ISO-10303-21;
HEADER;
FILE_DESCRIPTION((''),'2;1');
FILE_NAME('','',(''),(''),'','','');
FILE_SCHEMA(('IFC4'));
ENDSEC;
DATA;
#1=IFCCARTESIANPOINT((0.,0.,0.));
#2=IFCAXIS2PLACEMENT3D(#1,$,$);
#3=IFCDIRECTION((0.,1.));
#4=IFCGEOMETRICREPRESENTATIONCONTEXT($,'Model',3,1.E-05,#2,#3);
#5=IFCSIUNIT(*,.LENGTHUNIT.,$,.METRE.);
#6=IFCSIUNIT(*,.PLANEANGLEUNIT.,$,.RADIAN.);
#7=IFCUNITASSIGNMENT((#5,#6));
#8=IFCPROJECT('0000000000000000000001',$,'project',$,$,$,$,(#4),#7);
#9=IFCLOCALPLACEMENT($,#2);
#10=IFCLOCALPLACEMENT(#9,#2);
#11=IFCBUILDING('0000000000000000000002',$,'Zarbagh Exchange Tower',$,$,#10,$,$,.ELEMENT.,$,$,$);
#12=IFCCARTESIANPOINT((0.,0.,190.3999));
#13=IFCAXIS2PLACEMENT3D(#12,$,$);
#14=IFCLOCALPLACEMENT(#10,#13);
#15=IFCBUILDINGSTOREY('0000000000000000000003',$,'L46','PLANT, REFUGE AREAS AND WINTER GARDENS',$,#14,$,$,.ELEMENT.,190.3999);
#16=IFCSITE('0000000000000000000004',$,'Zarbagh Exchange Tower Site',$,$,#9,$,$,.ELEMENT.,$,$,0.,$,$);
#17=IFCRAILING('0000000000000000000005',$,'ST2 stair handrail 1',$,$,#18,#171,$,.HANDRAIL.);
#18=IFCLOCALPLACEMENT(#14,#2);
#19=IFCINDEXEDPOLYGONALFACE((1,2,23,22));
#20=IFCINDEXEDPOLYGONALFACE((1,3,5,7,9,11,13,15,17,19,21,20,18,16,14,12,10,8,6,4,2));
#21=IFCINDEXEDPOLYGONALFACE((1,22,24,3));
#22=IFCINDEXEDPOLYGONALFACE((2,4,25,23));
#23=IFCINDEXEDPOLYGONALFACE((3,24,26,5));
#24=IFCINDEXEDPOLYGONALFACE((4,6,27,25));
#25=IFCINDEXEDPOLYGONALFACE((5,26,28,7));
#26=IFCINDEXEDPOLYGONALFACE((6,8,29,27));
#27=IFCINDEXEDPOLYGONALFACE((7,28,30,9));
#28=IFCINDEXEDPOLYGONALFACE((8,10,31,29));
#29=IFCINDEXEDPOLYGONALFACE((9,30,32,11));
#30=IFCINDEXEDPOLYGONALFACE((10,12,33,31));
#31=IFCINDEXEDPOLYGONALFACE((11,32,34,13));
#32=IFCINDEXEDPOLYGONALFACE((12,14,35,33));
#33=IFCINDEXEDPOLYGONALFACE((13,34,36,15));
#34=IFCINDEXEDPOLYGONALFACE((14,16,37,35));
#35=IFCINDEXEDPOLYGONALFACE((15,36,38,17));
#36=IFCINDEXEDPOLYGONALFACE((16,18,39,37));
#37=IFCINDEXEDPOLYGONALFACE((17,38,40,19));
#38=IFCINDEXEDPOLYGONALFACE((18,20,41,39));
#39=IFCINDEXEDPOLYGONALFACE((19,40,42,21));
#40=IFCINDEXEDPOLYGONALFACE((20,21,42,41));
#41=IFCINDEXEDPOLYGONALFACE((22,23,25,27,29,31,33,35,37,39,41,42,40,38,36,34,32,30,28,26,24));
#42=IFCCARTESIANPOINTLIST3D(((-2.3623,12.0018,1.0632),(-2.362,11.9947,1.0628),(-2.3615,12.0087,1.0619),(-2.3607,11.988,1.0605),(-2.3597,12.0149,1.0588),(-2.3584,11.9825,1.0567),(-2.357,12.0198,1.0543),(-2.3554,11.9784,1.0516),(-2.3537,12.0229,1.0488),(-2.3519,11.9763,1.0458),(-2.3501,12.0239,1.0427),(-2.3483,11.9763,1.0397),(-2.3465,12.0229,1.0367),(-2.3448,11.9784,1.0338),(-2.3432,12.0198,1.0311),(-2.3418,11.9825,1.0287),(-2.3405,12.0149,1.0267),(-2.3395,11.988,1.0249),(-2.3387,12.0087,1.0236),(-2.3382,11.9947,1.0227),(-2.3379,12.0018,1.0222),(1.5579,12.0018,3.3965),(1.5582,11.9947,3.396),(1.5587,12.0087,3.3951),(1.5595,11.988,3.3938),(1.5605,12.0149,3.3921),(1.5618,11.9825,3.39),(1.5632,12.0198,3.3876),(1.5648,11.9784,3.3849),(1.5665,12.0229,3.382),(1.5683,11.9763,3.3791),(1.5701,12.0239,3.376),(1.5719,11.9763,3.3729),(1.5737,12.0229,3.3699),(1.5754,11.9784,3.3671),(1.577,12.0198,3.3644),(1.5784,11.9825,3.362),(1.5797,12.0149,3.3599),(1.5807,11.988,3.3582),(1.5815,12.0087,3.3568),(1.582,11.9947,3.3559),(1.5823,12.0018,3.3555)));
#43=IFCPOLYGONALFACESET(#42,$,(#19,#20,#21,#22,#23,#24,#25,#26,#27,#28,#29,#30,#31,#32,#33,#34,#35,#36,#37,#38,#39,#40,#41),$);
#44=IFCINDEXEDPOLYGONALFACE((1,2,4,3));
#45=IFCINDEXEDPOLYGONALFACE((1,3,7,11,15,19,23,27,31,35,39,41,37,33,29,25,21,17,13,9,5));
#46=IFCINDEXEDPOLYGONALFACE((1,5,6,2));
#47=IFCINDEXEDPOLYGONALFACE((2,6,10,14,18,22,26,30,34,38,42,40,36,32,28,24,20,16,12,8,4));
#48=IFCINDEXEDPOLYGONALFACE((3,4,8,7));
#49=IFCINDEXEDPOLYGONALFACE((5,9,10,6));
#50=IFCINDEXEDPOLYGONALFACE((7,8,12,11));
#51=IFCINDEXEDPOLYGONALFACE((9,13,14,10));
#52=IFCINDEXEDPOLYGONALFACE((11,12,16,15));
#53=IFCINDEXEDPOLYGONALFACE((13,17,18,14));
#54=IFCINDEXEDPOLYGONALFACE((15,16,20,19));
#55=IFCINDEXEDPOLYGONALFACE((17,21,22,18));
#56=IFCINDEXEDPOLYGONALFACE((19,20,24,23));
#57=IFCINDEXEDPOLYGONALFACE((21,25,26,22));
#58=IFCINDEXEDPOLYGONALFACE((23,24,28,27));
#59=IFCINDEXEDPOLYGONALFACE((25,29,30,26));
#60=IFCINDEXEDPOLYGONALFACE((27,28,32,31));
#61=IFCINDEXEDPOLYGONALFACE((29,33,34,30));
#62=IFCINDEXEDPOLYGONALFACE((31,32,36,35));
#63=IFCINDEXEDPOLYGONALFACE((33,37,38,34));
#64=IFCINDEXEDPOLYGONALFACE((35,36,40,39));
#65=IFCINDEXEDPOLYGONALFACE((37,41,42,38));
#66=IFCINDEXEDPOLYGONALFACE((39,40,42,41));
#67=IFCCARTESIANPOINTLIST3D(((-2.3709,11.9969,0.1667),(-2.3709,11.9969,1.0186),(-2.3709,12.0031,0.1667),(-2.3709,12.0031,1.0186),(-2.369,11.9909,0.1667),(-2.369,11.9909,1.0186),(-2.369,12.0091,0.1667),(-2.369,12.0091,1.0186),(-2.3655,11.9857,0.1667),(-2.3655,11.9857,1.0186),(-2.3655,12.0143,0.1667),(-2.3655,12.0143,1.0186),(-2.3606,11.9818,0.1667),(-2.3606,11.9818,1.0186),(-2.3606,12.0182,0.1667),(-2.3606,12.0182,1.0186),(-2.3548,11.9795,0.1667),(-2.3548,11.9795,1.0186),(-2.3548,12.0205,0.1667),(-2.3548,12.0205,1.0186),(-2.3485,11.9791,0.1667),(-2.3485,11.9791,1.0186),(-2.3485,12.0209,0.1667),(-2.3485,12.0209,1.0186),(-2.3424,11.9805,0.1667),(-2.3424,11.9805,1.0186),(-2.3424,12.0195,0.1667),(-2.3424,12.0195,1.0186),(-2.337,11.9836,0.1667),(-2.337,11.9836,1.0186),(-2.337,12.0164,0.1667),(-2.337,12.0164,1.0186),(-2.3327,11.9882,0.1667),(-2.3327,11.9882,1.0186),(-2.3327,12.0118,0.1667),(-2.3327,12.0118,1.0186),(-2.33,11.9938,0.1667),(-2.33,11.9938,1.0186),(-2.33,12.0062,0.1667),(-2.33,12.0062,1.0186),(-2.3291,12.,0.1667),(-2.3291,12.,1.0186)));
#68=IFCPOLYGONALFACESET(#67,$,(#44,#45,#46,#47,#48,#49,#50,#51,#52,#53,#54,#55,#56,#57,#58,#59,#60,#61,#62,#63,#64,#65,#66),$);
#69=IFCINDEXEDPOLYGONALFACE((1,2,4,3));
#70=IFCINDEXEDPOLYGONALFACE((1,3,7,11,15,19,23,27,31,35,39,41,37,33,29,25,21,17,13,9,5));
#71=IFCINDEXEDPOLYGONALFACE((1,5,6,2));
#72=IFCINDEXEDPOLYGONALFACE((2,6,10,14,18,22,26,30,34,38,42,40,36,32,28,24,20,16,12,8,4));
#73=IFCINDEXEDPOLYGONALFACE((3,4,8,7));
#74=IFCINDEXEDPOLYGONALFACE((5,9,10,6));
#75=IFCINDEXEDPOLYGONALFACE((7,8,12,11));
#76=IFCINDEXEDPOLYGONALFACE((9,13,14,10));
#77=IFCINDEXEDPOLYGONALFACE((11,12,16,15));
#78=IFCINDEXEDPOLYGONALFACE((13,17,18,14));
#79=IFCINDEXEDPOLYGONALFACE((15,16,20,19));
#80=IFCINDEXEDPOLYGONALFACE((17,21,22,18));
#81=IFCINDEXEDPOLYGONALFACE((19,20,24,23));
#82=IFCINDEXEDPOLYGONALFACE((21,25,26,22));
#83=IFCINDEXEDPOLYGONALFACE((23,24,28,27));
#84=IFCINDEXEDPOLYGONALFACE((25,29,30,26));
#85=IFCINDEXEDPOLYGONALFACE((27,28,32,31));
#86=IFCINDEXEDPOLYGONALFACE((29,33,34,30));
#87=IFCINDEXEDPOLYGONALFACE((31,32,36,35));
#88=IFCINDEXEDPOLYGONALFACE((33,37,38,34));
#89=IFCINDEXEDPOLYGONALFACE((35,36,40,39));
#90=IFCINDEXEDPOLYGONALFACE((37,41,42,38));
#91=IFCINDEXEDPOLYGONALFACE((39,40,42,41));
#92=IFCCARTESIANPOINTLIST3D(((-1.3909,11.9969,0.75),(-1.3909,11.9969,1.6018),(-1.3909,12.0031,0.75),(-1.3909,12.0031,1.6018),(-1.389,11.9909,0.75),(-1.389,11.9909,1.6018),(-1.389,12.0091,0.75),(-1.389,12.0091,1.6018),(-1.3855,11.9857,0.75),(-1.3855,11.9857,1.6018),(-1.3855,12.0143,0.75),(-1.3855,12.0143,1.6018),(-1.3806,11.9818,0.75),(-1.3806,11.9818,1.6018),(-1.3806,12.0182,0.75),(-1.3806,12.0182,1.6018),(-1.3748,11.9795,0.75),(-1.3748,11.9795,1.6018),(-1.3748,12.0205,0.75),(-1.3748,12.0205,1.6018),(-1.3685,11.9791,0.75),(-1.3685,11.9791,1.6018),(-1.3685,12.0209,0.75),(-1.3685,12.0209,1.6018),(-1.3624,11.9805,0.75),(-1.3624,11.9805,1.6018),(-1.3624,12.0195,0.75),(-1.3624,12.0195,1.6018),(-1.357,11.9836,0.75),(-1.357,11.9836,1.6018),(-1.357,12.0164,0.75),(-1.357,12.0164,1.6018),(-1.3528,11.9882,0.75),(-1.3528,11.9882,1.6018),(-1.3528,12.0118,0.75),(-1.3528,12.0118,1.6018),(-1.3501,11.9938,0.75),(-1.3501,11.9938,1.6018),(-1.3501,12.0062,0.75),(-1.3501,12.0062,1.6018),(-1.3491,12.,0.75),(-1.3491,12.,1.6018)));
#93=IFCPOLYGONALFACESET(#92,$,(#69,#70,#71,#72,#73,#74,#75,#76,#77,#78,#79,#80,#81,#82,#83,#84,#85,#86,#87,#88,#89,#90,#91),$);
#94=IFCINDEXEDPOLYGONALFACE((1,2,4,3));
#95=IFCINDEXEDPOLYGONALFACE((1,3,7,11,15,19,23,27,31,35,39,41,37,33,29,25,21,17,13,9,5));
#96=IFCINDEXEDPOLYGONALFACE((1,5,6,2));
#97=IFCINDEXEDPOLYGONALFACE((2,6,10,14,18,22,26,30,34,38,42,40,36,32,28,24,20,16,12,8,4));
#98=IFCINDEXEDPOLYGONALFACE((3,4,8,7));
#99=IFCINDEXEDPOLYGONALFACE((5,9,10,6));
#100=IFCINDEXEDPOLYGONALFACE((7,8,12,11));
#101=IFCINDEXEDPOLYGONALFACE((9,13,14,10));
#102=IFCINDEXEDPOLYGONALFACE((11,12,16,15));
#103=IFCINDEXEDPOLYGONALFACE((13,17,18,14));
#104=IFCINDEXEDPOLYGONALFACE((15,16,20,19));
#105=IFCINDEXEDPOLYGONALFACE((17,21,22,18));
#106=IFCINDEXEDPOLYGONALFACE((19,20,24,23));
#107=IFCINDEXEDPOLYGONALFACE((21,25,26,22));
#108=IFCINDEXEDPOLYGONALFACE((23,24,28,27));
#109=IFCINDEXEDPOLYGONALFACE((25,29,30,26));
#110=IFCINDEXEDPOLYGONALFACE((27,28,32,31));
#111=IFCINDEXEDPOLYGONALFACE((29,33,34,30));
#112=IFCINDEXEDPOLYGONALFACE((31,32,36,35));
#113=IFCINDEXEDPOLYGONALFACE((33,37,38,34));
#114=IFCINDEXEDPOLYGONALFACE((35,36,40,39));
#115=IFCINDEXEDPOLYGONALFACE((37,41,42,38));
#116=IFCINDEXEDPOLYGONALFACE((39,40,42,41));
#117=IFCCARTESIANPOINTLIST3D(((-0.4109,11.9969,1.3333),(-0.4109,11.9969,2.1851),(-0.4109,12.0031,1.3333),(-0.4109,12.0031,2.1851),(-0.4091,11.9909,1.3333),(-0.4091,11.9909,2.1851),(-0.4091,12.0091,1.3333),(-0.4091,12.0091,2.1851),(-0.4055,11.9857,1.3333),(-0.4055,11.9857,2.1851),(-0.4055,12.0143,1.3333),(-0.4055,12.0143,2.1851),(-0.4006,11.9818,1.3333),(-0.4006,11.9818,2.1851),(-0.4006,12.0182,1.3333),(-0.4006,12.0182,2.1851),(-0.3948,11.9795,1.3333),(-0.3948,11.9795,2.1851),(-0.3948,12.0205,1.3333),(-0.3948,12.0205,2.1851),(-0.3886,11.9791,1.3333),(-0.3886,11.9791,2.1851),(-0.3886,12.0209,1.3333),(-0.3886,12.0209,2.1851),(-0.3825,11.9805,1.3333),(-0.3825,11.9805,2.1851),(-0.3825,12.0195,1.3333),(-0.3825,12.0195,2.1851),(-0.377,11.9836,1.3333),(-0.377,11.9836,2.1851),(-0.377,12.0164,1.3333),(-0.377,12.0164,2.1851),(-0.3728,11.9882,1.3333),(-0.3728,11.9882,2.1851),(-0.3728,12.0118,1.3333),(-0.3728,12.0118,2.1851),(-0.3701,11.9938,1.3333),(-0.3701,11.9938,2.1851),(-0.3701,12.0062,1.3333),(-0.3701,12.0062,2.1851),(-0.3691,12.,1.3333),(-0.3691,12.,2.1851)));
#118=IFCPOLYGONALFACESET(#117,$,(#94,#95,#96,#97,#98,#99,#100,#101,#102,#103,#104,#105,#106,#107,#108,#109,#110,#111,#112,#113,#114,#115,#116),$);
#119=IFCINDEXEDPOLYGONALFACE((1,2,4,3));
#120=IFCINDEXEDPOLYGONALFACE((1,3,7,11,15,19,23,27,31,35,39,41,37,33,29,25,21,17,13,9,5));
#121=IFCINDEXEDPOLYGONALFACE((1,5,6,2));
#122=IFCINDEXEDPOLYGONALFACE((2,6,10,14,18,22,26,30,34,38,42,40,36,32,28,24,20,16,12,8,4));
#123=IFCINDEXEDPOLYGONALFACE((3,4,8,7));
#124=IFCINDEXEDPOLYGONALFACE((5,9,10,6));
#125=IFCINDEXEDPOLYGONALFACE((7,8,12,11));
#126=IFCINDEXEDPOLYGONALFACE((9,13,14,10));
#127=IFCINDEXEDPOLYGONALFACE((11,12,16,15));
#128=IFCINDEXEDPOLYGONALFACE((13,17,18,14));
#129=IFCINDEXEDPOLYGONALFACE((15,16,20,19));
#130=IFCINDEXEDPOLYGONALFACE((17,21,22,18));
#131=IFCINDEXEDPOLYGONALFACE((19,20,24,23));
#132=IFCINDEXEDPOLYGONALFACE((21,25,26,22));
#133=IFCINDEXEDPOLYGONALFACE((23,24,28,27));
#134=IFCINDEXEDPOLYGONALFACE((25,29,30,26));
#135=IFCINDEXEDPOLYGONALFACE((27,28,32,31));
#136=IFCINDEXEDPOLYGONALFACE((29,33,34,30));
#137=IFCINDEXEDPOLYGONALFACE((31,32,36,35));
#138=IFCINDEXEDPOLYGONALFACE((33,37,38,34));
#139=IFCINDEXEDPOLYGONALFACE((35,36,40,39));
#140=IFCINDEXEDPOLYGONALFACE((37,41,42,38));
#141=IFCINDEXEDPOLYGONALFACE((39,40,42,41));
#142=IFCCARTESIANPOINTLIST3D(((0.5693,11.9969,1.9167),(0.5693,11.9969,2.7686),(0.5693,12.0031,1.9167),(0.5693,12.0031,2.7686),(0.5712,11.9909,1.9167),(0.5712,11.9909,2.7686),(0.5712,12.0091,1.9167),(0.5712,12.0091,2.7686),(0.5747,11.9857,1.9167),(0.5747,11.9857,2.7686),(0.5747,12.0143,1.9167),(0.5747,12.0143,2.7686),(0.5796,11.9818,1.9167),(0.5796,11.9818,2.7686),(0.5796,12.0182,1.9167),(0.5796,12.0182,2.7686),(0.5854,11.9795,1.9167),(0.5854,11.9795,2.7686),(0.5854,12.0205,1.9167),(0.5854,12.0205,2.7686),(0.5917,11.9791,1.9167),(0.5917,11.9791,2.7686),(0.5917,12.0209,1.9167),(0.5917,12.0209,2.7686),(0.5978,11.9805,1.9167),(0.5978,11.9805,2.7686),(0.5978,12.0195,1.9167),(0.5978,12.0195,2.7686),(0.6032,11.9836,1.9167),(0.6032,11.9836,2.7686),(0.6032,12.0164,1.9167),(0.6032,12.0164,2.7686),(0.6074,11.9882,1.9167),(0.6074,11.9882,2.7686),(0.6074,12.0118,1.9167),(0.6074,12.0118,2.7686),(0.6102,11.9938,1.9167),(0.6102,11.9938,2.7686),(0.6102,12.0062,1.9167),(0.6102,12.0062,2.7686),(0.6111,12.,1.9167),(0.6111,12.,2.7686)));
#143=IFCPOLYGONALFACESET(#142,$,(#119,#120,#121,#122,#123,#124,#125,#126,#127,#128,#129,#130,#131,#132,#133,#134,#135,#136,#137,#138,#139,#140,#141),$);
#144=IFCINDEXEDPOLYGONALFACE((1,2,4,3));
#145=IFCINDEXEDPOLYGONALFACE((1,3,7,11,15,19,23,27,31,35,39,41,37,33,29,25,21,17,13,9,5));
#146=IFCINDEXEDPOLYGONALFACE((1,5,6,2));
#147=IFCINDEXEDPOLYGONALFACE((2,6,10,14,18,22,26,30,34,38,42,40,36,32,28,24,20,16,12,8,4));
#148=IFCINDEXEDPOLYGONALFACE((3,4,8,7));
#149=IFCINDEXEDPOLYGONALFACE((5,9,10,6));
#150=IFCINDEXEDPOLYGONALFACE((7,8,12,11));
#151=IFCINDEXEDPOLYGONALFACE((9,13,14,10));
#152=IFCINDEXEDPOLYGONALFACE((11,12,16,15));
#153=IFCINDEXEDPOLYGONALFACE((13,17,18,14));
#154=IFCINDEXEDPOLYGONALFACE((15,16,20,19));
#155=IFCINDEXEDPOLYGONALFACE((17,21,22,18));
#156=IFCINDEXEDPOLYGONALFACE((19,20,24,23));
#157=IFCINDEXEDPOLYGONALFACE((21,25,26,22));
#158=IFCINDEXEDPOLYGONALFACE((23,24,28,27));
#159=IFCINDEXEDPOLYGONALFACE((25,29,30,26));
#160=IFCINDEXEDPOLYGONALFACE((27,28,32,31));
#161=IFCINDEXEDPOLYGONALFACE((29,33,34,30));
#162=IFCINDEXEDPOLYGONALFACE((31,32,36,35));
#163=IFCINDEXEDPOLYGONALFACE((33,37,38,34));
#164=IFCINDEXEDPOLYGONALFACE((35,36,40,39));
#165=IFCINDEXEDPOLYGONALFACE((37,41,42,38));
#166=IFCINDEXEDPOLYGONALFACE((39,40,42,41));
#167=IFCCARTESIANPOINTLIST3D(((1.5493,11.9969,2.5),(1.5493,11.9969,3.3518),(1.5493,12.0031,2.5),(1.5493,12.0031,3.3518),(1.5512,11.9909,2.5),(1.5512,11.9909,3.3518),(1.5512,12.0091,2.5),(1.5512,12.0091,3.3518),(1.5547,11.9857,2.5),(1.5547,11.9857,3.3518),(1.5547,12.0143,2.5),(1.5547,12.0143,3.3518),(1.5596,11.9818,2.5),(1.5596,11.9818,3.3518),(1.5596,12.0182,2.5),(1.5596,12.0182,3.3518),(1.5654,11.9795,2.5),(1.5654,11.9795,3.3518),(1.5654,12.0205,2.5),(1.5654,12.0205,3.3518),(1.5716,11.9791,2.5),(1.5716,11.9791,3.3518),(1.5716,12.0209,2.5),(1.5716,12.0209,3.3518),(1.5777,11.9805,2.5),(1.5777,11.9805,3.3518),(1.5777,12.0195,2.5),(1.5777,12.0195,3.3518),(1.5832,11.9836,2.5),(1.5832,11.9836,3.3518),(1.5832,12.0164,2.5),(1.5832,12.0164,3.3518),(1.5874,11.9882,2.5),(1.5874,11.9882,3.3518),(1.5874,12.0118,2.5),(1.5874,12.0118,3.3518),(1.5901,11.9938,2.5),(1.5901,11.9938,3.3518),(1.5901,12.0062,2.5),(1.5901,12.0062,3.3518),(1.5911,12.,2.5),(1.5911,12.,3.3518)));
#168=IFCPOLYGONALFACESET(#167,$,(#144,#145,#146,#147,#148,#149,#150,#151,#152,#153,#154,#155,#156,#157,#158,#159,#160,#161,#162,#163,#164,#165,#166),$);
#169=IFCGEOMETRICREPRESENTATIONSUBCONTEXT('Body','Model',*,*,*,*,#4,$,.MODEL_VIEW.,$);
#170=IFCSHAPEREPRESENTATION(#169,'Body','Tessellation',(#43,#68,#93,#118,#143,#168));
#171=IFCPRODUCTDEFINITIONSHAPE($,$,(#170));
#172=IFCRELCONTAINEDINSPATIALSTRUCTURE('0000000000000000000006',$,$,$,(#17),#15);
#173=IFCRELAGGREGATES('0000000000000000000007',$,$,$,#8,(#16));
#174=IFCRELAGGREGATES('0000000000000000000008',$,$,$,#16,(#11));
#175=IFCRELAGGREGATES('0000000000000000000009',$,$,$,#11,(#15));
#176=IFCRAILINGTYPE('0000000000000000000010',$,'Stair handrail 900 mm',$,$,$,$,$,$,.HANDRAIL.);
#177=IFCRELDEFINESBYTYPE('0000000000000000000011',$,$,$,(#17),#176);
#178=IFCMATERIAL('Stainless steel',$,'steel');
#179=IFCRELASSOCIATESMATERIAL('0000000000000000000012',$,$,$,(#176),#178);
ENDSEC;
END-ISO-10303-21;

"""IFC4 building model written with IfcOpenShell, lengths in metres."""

from ifc_helpers import new_model, si_unit, direction, frame, origin, origin_2d, place, context, subcontext, project, spatial, circle, extrude, material, type_object, element, save


model = new_model("IFC4")

# Units and contexts
model_context = context("Model", 3, precision=1e-05, world=origin(), true_north=direction((0.0, 1.0)))
body_context = subcontext(model_context, "Body", "Model", "MODEL_VIEW")
ifc_project = project(units=[si_unit("LENGTHUNIT", "METRE"), si_unit("PLANEANGLEUNIT", "RADIAN")], contexts=[model_context])

# Site, building, storey
site_placement = place(None, origin())
site = spatial("IfcSite", under=ifc_project, at=site_placement, Name="Zarbagh Exchange Tower Site", CompositionType="ELEMENT", RefElevation=0.0)
building_placement = place(site_placement, origin())
building = spatial("IfcBuilding", under=site, at=building_placement, Name="Zarbagh Exchange Tower", CompositionType="ELEMENT")
storey_placement = place(building_placement, frame((0.0, 0.0, 190.3999)))
storey = spatial("IfcBuildingStorey", under=building, at=storey_placement, Name="L46", Description="PLANT, REFUGE AREAS AND WINTER GARDENS", CompositionType="ELEMENT", Elevation=190.3999)

# Railing
ifc_material_1 = material(Name="Stainless steel", Category="steel")
railing_type_1 = type_object("IfcRailingType", Name="Stair handrail 900 mm", PredefinedType="HANDRAIL", material=ifc_material_1)
railing_1_placement = place(storey_placement, frame((-2.3501, 12.0, 0.1667)))
element("IfcRailing", 1, at=railing_1_placement, inside=storey, type_object=railing_type_1, Name="ST2 stair handrail 1", PredefinedType="HANDRAIL", context=body_context, shape_type="SweptSolid", body=[
    extrude(circle(Radius=0.0239, at=origin_2d()), frame((0.0, 0.0, 0.876), z_axis=(0.85931, 0.0, 0.511455), x_axis=(0.0, 1.0, 0.0)), (0.0, 0.0, 1.0), 4.562),
    extrude(circle(Radius=0.021, at=origin_2d()), origin(), (0.0, 0.0, 1.0), 0.8518),
    extrude(circle(Radius=0.021, at=origin_2d()), frame((0.98, 0.0, 0.5833)), (0.0, 0.0, 1.0), 0.8518),
    extrude(circle(Radius=0.021, at=origin_2d()), frame((1.96, 0.0, 1.1665)), (0.0, 0.0, 1.0), 0.8518),
    extrude(circle(Radius=0.021, at=origin_2d()), frame((2.9402, 0.0, 1.75)), (0.0, 0.0, 1.0), 0.8518),
    extrude(circle(Radius=0.021, at=origin_2d()), frame((3.9202, 0.0, 2.3333)), (0.0, 0.0, 1.0), 0.8518),
])

save(model, "model.ifc")
